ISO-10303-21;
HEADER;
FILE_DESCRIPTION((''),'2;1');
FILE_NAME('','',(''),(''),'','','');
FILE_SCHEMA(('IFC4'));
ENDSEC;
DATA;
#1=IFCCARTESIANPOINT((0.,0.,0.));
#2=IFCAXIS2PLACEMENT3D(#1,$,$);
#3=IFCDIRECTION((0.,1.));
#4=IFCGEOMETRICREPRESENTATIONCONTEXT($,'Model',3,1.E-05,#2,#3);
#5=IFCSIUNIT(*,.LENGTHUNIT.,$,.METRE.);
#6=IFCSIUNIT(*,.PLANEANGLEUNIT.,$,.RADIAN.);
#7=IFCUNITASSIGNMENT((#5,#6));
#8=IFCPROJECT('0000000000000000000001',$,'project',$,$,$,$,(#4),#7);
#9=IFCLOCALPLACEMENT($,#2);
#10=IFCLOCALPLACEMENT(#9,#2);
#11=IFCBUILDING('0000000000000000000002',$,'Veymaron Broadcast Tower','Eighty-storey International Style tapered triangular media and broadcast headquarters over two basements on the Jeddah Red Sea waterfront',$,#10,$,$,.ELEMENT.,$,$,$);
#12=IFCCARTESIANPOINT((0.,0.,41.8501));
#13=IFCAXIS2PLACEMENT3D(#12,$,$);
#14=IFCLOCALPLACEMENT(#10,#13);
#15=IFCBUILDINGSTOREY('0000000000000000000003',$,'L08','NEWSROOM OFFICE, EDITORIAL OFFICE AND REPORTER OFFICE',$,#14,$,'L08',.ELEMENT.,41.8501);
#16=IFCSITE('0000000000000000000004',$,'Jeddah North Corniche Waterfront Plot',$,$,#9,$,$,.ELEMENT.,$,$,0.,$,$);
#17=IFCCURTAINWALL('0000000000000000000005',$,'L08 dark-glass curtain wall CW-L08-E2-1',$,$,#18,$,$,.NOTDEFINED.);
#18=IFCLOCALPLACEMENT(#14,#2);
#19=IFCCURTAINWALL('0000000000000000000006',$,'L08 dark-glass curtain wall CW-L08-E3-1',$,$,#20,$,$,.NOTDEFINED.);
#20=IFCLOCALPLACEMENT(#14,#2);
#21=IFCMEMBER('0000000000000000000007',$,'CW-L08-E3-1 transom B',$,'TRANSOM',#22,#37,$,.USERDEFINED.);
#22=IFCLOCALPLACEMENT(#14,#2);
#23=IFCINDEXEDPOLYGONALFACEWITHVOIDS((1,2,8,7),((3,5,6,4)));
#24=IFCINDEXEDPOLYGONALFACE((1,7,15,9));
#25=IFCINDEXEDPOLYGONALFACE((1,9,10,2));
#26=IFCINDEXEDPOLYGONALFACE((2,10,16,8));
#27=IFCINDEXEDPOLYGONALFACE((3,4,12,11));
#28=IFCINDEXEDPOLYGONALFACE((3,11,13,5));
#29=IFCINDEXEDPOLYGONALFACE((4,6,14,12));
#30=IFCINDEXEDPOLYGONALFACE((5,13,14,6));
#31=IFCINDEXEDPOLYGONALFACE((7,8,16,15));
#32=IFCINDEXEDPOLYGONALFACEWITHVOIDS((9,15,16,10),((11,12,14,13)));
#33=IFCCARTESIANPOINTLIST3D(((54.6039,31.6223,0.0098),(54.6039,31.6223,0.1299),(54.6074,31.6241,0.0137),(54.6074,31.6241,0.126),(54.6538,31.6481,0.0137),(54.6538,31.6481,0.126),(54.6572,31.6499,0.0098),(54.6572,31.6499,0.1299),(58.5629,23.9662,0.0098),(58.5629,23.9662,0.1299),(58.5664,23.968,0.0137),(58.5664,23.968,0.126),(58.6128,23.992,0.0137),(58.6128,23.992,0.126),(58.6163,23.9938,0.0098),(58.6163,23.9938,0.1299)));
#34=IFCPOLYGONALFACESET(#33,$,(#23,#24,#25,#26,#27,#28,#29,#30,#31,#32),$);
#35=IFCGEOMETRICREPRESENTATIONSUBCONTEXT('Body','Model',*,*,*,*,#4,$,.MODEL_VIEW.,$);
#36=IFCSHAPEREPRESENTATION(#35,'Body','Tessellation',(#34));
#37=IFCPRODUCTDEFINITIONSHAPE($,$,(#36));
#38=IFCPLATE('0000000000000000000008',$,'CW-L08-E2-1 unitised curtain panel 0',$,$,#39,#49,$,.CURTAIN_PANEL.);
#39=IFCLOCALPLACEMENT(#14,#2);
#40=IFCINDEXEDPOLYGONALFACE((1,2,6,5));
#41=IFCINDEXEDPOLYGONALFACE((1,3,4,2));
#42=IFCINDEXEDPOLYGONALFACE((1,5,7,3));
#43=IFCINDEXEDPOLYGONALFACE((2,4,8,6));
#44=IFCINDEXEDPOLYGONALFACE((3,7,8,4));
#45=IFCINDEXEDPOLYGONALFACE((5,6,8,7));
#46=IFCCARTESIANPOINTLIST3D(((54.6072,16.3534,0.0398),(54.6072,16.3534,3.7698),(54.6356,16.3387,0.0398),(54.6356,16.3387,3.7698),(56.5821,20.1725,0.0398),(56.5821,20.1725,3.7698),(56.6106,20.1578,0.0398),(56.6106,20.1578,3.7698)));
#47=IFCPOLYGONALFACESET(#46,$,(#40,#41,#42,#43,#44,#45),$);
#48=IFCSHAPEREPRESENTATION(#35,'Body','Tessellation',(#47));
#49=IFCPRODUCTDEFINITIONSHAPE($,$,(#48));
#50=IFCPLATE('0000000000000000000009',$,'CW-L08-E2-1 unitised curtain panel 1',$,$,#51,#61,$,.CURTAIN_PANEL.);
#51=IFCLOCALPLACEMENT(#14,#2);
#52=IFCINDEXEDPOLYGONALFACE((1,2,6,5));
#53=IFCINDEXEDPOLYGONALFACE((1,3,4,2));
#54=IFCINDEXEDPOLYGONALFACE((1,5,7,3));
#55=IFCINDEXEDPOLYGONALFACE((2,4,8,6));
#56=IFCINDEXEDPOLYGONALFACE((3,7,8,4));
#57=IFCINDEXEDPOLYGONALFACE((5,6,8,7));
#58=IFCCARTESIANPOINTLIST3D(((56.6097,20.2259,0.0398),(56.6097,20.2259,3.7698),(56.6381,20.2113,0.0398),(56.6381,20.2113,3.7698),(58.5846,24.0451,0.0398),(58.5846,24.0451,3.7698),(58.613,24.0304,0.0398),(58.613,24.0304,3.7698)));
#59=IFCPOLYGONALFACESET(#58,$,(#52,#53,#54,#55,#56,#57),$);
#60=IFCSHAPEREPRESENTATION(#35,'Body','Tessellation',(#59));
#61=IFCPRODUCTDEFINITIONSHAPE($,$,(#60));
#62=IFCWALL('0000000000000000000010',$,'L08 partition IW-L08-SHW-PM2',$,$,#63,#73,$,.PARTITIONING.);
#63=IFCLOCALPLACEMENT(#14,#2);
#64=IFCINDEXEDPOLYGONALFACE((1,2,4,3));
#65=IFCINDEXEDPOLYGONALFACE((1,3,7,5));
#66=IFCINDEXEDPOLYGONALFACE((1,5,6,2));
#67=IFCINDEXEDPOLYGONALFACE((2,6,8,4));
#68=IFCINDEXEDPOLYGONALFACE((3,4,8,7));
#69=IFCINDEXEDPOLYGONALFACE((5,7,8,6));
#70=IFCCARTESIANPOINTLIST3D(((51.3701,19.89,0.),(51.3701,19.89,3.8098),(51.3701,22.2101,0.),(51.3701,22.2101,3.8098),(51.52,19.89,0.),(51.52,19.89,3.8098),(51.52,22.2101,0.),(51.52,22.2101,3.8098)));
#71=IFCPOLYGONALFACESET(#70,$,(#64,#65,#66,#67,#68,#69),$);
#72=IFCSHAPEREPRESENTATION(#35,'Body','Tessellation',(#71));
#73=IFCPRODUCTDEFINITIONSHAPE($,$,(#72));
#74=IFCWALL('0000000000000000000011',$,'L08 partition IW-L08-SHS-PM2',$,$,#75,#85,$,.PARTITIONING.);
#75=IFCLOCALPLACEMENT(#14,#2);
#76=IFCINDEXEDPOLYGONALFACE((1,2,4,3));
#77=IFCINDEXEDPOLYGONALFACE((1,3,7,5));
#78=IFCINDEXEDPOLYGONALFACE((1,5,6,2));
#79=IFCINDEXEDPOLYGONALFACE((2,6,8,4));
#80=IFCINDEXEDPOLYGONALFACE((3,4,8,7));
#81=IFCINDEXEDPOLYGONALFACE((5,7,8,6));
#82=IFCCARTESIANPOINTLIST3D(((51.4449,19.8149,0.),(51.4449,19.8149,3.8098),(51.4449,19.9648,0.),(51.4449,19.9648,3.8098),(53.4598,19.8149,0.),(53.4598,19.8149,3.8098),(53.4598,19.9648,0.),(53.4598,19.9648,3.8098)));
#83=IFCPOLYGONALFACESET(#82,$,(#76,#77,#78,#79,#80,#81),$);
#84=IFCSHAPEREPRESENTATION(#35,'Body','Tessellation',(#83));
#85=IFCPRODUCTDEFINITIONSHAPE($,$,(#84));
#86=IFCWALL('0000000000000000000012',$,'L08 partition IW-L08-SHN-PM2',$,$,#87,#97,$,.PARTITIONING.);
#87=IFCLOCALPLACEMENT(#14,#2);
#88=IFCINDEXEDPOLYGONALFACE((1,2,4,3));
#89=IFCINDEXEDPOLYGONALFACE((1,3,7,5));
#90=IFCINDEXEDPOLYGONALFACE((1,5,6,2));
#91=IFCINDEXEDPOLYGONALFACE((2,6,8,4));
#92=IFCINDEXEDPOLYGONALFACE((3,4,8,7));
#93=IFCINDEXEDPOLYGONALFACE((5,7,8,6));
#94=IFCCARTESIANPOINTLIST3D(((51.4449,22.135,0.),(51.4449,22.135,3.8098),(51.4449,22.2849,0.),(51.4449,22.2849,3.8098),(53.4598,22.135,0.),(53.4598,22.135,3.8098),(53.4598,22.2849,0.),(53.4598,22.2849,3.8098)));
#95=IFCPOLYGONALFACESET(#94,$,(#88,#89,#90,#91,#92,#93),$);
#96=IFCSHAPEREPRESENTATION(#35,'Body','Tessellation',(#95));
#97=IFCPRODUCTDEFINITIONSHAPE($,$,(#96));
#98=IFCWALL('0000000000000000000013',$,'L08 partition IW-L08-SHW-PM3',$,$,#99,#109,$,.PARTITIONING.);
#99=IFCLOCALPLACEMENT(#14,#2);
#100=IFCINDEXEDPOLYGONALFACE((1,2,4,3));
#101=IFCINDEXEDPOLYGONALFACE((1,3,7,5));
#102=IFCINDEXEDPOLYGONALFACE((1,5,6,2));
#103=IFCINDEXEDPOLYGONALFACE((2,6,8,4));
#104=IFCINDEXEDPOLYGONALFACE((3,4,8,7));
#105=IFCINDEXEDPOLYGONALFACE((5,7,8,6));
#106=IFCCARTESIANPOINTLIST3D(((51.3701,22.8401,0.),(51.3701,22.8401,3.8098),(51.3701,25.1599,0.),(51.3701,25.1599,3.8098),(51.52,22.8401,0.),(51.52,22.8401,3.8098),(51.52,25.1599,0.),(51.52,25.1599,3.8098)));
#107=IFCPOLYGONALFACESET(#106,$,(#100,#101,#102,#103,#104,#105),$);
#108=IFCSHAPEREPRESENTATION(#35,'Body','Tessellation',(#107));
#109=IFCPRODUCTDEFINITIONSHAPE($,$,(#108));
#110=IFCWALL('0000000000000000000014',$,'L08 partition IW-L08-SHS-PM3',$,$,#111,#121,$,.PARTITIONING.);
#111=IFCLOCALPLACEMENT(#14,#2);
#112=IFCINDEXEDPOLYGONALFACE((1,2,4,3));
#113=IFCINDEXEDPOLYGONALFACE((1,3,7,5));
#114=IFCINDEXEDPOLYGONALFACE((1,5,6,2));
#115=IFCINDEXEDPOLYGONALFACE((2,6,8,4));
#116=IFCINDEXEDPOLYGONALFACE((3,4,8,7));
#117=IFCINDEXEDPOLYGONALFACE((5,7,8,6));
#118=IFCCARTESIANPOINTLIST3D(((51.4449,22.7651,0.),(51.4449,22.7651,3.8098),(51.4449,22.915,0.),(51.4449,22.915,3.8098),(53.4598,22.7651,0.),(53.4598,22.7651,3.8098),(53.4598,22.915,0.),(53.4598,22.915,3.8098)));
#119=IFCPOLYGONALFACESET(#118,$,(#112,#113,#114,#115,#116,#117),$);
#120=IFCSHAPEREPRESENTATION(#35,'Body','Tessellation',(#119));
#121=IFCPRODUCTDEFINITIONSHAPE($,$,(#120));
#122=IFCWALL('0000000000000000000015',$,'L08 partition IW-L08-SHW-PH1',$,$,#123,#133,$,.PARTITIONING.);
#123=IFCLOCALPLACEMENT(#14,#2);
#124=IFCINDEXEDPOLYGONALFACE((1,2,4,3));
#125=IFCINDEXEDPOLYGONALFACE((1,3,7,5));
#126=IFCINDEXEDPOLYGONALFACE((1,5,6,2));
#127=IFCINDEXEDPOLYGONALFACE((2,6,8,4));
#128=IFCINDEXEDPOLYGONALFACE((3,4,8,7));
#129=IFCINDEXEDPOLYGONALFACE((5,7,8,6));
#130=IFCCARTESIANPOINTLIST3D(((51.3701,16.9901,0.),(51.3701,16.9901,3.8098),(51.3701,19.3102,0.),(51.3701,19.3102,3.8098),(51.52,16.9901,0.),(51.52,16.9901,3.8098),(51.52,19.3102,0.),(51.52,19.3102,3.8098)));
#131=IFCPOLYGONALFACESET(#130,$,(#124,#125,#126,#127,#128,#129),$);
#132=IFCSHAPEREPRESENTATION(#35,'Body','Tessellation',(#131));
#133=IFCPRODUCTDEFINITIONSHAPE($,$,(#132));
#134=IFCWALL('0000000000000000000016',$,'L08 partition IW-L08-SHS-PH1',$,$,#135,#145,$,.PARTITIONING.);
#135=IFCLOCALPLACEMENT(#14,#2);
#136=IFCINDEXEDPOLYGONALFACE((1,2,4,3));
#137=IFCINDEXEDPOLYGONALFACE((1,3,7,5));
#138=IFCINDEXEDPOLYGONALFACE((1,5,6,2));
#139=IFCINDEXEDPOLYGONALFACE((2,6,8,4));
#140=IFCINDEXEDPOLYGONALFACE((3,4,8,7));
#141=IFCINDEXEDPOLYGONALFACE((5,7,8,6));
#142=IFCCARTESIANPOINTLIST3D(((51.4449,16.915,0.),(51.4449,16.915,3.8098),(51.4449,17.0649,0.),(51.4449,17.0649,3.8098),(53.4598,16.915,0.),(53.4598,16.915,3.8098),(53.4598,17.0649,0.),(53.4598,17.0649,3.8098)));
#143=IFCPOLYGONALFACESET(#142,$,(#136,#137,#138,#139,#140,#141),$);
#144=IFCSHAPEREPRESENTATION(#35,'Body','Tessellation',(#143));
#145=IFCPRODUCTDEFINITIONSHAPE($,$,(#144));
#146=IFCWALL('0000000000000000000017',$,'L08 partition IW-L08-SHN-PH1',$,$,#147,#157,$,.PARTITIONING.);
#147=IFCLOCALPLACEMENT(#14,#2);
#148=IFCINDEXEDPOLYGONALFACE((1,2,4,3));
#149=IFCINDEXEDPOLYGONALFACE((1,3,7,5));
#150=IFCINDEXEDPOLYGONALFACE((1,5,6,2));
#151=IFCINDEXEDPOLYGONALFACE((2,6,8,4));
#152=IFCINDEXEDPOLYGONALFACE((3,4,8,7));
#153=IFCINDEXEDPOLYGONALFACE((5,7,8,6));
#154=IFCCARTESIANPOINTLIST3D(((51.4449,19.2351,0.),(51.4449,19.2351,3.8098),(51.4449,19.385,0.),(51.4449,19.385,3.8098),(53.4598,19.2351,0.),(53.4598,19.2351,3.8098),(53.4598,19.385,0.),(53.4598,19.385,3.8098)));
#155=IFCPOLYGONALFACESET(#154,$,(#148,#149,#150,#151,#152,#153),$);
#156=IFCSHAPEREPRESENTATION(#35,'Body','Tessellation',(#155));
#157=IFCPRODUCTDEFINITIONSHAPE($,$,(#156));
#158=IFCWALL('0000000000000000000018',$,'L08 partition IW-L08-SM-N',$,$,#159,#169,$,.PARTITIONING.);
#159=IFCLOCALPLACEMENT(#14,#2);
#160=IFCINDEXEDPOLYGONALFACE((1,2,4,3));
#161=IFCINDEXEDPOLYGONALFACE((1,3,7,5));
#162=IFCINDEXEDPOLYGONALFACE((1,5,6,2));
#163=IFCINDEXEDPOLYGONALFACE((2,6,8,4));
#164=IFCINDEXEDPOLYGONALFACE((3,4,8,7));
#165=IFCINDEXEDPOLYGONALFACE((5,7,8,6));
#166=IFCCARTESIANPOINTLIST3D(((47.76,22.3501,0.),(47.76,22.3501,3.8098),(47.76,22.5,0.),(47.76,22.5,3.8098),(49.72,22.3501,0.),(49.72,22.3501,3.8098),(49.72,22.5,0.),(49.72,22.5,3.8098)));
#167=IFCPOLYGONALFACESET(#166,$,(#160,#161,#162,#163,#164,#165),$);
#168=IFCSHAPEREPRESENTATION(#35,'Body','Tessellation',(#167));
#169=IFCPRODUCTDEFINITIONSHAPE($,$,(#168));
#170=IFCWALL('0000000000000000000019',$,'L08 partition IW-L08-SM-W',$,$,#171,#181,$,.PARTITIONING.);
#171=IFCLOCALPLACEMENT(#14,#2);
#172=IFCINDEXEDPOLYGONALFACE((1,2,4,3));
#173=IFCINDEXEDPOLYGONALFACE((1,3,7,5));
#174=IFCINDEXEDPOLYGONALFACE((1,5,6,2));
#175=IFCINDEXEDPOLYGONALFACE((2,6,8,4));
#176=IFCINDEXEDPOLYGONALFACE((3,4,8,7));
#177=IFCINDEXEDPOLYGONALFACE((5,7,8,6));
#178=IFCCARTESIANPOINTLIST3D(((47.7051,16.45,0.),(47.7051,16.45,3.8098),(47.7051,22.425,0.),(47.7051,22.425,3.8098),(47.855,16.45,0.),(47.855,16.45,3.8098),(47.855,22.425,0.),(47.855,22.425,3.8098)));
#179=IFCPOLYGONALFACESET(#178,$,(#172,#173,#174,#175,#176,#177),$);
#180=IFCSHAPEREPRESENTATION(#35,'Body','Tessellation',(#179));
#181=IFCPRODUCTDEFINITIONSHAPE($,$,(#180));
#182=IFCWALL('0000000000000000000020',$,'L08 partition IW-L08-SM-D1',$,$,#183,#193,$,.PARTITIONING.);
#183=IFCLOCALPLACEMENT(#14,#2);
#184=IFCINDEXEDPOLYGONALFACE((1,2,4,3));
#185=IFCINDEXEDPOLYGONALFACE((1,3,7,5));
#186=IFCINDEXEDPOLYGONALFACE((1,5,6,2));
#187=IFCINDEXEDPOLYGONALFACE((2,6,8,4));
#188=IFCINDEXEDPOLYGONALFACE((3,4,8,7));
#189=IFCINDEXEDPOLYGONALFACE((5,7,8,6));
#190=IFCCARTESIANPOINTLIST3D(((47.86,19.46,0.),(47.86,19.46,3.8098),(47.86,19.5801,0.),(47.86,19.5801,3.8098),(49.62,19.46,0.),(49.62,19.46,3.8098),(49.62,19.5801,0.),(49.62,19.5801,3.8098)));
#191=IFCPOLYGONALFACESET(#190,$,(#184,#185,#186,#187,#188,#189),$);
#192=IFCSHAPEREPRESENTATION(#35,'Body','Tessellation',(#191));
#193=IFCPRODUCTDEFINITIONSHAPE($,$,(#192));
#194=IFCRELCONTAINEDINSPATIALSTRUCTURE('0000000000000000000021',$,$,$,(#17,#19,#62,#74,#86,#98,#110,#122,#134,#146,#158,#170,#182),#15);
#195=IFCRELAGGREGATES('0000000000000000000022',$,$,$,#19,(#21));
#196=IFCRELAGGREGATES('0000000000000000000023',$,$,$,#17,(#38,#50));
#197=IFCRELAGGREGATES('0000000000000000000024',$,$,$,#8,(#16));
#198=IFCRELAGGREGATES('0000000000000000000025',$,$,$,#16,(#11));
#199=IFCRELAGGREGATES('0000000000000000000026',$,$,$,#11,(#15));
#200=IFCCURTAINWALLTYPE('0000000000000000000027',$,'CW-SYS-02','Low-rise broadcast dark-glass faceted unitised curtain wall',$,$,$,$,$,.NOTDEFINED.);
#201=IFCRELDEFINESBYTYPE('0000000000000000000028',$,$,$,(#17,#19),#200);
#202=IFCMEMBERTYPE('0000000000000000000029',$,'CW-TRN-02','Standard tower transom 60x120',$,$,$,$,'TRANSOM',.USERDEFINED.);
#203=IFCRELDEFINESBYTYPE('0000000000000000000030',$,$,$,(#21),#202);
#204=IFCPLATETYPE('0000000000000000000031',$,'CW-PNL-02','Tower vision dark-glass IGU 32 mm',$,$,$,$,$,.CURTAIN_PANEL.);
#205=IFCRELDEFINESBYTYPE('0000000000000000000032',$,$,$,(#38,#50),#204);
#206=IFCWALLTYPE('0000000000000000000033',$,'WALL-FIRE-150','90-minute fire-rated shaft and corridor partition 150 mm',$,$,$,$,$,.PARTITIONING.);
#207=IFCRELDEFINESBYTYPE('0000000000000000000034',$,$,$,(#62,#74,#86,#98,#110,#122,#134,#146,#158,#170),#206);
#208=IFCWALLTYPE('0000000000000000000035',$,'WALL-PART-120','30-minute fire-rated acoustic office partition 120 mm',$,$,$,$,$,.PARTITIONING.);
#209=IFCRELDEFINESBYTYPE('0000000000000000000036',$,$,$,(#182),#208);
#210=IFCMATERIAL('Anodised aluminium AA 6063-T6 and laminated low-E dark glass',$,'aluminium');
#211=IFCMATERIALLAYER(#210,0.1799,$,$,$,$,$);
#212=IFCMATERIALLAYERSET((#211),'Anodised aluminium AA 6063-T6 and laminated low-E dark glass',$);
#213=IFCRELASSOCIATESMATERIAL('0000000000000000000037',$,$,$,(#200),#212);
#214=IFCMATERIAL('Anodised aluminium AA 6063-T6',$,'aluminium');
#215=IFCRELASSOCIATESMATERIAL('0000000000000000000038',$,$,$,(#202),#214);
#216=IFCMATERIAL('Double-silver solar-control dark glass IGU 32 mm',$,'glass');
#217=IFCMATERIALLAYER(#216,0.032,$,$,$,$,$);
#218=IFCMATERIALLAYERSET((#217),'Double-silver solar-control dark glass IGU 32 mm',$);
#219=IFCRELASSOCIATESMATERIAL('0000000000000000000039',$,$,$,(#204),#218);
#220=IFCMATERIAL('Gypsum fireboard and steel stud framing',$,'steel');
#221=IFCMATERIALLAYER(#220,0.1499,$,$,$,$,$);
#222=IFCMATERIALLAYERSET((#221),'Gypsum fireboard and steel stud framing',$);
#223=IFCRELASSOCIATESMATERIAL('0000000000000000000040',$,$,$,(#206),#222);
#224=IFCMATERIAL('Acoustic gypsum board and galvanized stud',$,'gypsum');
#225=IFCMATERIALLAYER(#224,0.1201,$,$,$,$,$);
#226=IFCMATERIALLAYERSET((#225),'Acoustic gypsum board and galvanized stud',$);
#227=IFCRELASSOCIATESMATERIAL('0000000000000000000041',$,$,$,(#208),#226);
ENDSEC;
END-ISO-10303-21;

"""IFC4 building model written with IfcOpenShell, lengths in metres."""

from ifc_helpers import new_model, si_unit, direction, frame, frame_2d, origin, origin_2d, place, context, subcontext, project, spatial, rectangle, hollow_rectangle, extrude, material, layer, layer_set, material_profile, profile_set, type_object, element, aggregate, save


model = new_model("IFC4")

# Units and contexts
model_context = context("Model", 3, precision=1e-05, world=origin(), true_north=direction((0.0, 1.0)))
body_context = subcontext(model_context, "Body", "Model", "MODEL_VIEW")
ifc_project = project(units=[si_unit("LENGTHUNIT", "METRE"), si_unit("PLANEANGLEUNIT", "RADIAN")], contexts=[model_context])

# Site, building, storey
site_placement = place(None, origin())
site = spatial("IfcSite", under=ifc_project, at=site_placement, Name="Jeddah North Corniche Waterfront Plot", CompositionType="ELEMENT", RefElevation=0.0)
building_placement = place(site_placement, origin())
building = spatial("IfcBuilding", under=site, at=building_placement, Name="Veymaron Broadcast Tower", Description="Eighty-storey International Style tapered triangular media and broadcast headquarters over two basements on the Jeddah Red Sea waterfront", CompositionType="ELEMENT")
storey_placement = place(building_placement, frame((0.0, 0.0, 41.8501)))
storey = spatial("IfcBuildingStorey", under=building, at=storey_placement, Name="L08", Description="NEWSROOM OFFICE, EDITORIAL OFFICE AND REPORTER OFFICE", LongName="L08", CompositionType="ELEMENT", Elevation=41.8501)

# Curtain wall
ifc_material_1 = material(Name="Anodised aluminium AA 6063-T6 and laminated low-E dark glass", Category="aluminium")
ifc_layer_1 = layer(ifc_material_1, 0.1799)
ifc_layer_set_1 = layer_set([ifc_layer_1], Name="Anodised aluminium AA 6063-T6 and laminated low-E dark glass")
curtain_wall_type = type_object("IfcCurtainWallType", Name="CW-SYS-02", Description="Low-rise broadcast dark-glass faceted unitised curtain wall", PredefinedType="NOTDEFINED", material=ifc_layer_set_1)
curtain_wall_1_placement = place(storey_placement, origin())
curtain_wall_1 = element("IfcCurtainWall", 1, at=curtain_wall_1_placement, inside=storey, type_object=curtain_wall_type, Name="L08 dark-glass curtain wall CW-L08-E2-1", PredefinedType="NOTDEFINED")
ifc_material_2 = material(Name="Anodised aluminium AA 6063-T6", Category="aluminium")

# Curtain wall
curtain_wall_2_placement = place(storey_placement, origin())
curtain_wall_2 = element("IfcCurtainWall", 2, at=curtain_wall_2_placement, inside=storey, type_object=curtain_wall_type, Name="L08 dark-glass curtain wall CW-L08-E3-1", PredefinedType="NOTDEFINED")

# Member
ifc_material_profile_1 = material_profile(ifc_material_2, hollow_rectangle(XDim=0.0601, YDim=0.1201, WallThickness=0.0039, at=origin_2d()), Name="AL120X60X4")
ifc_profile_set_1 = profile_set([ifc_material_profile_1], Name="Anodised aluminium AA 6063-T6")
member_type_1 = type_object("IfcMemberType", Name="CW-TRN-02", Description="Standard tower transom 60x120", ElementType="TRANSOM", PredefinedType="USERDEFINED", material=ifc_profile_set_1)
member_1_placement = place(storey_placement, frame((58.5896, 23.98, 0.0698), z_axis=(-0.45933, 0.888266, 0.0), x_axis=(-0.888266, -0.45933, 0.0)))
member_1 = element("IfcMember", 3, at=member_1_placement, type_object=member_type_1, Name="CW-L08-E3-1 transom B", ObjectType="TRANSOM", PredefinedType="USERDEFINED", context=body_context, shape_type="SweptSolid", body=[
    extrude(hollow_rectangle(XDim=0.0601, YDim=0.1201, WallThickness=0.0039, at=origin_2d()), origin(), (0.0, 0.0, 1.0), 8.6191),
])
aggregate(curtain_wall_2, [member_1])

# Plates
ifc_material_3 = material(Name="Double-silver solar-control dark glass IGU 32 mm", Category="glass")
ifc_layer_2 = layer(ifc_material_3, 0.032)
ifc_layer_set_2 = layer_set([ifc_layer_2], Name="Double-silver solar-control dark glass IGU 32 mm")
plate_type = type_object("IfcPlateType", Name="CW-PNL-02", Description="Tower vision dark-glass IGU 32 mm", PredefinedType="CURTAIN_PANEL", material=ifc_layer_set_2)
plate_1_placement = place(storey_placement, frame((55.6089, 18.2556, 0.0398), z_axis=(0.0, 0.0, 1.0), x_axis=(0.459332, 0.888265, 0.0)))
plate_1 = element("IfcPlate", 4, at=plate_1_placement, type_object=plate_type, Name="CW-L08-E2-1 unitised curtain panel 0", PredefinedType="CURTAIN_PANEL", context=body_context, shape_type="SweptSolid", body=[
    extrude(rectangle(XDim=4.2996, YDim=0.032, at=origin_2d()), origin(), (0.0, 0.0, 1.0), 3.73),
])
plate_2_placement = place(storey_placement, frame((57.6113, 22.1282, 0.0398), z_axis=(0.0, 0.0, 1.0), x_axis=(0.459332, 0.888265, 0.0)))
plate_2 = element("IfcPlate", 5, at=plate_2_placement, type_object=plate_type, Name="CW-L08-E2-1 unitised curtain panel 1", PredefinedType="CURTAIN_PANEL", context=body_context, shape_type="SweptSolid", body=[
    extrude(rectangle(XDim=4.2996, YDim=0.032, at=origin_2d()), origin(), (0.0, 0.0, 1.0), 3.73),
])
aggregate(curtain_wall_1, [plate_1, plate_2])

# Walls
ifc_material_4 = material(Name="Gypsum fireboard and steel stud framing", Category="steel")
ifc_layer_3 = layer(ifc_material_4, 0.1499)
ifc_layer_set_3 = layer_set([ifc_layer_3], Name="Gypsum fireboard and steel stud framing")
wall_type_1 = type_object("IfcWallType", Name="WALL-FIRE-150", Description="90-minute fire-rated shaft and corridor partition 150 mm", PredefinedType="PARTITIONING", material=ifc_layer_set_3)
wall_1_placement = place(storey_placement, frame((51.4451, 19.8899, 0.0), z_axis=(0.0, 0.0, 1.0), x_axis=(0.0, 1.0, 0.0)))
element("IfcWall", 6, at=wall_1_placement, inside=storey, type_object=wall_type_1, Name="L08 partition IW-L08-SHW-PM2", PredefinedType="PARTITIONING", context=body_context, shape_type="SweptSolid", body=[
    extrude(rectangle(XDim=2.3201, YDim=0.1499, at=frame_2d((1.1602, 0.0))), origin(), (0.0, 0.0, 1.0), 3.8098),
])
for number, where, z_axis, x_axis, name in (
    (7, (51.4451, 19.8899, 0.0), (0.0, 0.0, 1.0), (1.0, 0.0, 0.0), "L08 partition IW-L08-SHS-PM2"),
    (8, (51.4451, 22.21, 0.0), (0.0, 0.0, 1.0), (1.0, 0.0, 0.0), "L08 partition IW-L08-SHN-PM2"),
):
    element("IfcWall", number, at=place(storey_placement, frame(where, z_axis=z_axis, x_axis=x_axis)), inside=storey, type_object=wall_type_1, Name=name, PredefinedType="PARTITIONING", context=body_context, shape_type="SweptSolid", body=[
        extrude(rectangle(XDim=2.0149, YDim=0.1499, at=frame_2d((1.0073, 0.0))), origin(), (0.0, 0.0, 1.0), 3.8098),
    ])
wall_2_placement = place(storey_placement, frame((51.4451, 22.8401, 0.0), z_axis=(0.0, 0.0, 1.0), x_axis=(0.0, 1.0, 0.0)))
element("IfcWall", 9, at=wall_2_placement, inside=storey, type_object=wall_type_1, Name="L08 partition IW-L08-SHW-PM3", PredefinedType="PARTITIONING", context=body_context, shape_type="SweptSolid", body=[
    extrude(rectangle(XDim=2.3198, YDim=0.1499, at=frame_2d((1.1599, 0.0))), origin(), (0.0, 0.0, 1.0), 3.8098),
])
wall_3_placement = place(storey_placement, frame((51.4451, 22.8401, 0.0), z_axis=(0.0, 0.0, 1.0), x_axis=(1.0, 0.0, 0.0)))
element("IfcWall", 10, at=wall_3_placement, inside=storey, type_object=wall_type_1, Name="L08 partition IW-L08-SHS-PM3", PredefinedType="PARTITIONING", context=body_context, shape_type="SweptSolid", body=[
    extrude(rectangle(XDim=2.0149, YDim=0.1499, at=frame_2d((1.0073, 0.0))), origin(), (0.0, 0.0, 1.0), 3.8098),
])
wall_4_placement = place(storey_placement, frame((51.4451, 16.99, 0.0), z_axis=(0.0, 0.0, 1.0), x_axis=(0.0, 1.0, 0.0)))
element("IfcWall", 11, at=wall_4_placement, inside=storey, type_object=wall_type_1, Name="L08 partition IW-L08-SHW-PH1", PredefinedType="PARTITIONING", context=body_context, shape_type="SweptSolid", body=[
    extrude(rectangle(XDim=2.3201, YDim=0.1499, at=frame_2d((1.1602, 0.0))), origin(), (0.0, 0.0, 1.0), 3.8098),
])
for number, where, z_axis, x_axis, name in (
    (12, (51.4451, 16.99, 0.0), (0.0, 0.0, 1.0), (1.0, 0.0, 0.0), "L08 partition IW-L08-SHS-PH1"),
    (13, (51.4451, 19.3101, 0.0), (0.0, 0.0, 1.0), (1.0, 0.0, 0.0), "L08 partition IW-L08-SHN-PH1"),
):
    element("IfcWall", number, at=place(storey_placement, frame(where, z_axis=z_axis, x_axis=x_axis)), inside=storey, type_object=wall_type_1, Name=name, PredefinedType="PARTITIONING", context=body_context, shape_type="SweptSolid", body=[
        extrude(rectangle(XDim=2.0149, YDim=0.1499, at=frame_2d((1.0073, 0.0))), origin(), (0.0, 0.0, 1.0), 3.8098),
    ])

# Walls
wall_5_placement = place(storey_placement, frame((47.76, 22.425, 0.0), z_axis=(0.0, 0.0, 1.0), x_axis=(1.0, 0.0, 0.0)))
element("IfcWall", 14, at=wall_5_placement, inside=storey, type_object=wall_type_1, Name="L08 partition IW-L08-SM-N", PredefinedType="PARTITIONING", context=body_context, shape_type="SweptSolid", body=[
    extrude(rectangle(XDim=1.96, YDim=0.1499, at=frame_2d((0.98, 0.0))), origin(), (0.0, 0.0, 1.0), 3.8098),
])
wall_6_placement = place(storey_placement, frame((47.78, 16.45, 0.0), z_axis=(0.0, 0.0, 1.0), x_axis=(0.0, 1.0, 0.0)))
element("IfcWall", 15, at=wall_6_placement, inside=storey, type_object=wall_type_1, Name="L08 partition IW-L08-SM-W", PredefinedType="PARTITIONING", context=body_context, shape_type="SweptSolid", body=[
    extrude(rectangle(XDim=5.9751, YDim=0.1499, at=frame_2d((2.9875, 0.0))), origin(), (0.0, 0.0, 1.0), 3.8098),
])
ifc_material_5 = material(Name="Acoustic gypsum board and galvanized stud", Category="gypsum")
ifc_layer_4 = layer(ifc_material_5, 0.1201)
ifc_layer_set_4 = layer_set([ifc_layer_4], Name="Acoustic gypsum board and galvanized stud")
wall_type_2 = type_object("IfcWallType", Name="WALL-PART-120", Description="30-minute fire-rated acoustic office partition 120 mm", PredefinedType="PARTITIONING", material=ifc_layer_set_4)
for number, where, z_axis, x_axis, name in (
    (16, (47.8601, 19.52, 0.0), (0.0, 0.0, 1.0), (1.0, 0.0, 0.0), "L08 partition IW-L08-SM-D1"),
):
    element("IfcWall", number, at=place(storey_placement, frame(where, z_axis=z_axis, x_axis=x_axis)), inside=storey, type_object=wall_type_2, Name=name, PredefinedType="PARTITIONING", context=body_context, shape_type="SweptSolid", body=[
        extrude(rectangle(XDim=1.76, YDim=0.1201, at=frame_2d((0.8799, 0.0))), origin(), (0.0, 0.0, 1.0), 3.8098),
    ])

save(model, "model.ifc")
